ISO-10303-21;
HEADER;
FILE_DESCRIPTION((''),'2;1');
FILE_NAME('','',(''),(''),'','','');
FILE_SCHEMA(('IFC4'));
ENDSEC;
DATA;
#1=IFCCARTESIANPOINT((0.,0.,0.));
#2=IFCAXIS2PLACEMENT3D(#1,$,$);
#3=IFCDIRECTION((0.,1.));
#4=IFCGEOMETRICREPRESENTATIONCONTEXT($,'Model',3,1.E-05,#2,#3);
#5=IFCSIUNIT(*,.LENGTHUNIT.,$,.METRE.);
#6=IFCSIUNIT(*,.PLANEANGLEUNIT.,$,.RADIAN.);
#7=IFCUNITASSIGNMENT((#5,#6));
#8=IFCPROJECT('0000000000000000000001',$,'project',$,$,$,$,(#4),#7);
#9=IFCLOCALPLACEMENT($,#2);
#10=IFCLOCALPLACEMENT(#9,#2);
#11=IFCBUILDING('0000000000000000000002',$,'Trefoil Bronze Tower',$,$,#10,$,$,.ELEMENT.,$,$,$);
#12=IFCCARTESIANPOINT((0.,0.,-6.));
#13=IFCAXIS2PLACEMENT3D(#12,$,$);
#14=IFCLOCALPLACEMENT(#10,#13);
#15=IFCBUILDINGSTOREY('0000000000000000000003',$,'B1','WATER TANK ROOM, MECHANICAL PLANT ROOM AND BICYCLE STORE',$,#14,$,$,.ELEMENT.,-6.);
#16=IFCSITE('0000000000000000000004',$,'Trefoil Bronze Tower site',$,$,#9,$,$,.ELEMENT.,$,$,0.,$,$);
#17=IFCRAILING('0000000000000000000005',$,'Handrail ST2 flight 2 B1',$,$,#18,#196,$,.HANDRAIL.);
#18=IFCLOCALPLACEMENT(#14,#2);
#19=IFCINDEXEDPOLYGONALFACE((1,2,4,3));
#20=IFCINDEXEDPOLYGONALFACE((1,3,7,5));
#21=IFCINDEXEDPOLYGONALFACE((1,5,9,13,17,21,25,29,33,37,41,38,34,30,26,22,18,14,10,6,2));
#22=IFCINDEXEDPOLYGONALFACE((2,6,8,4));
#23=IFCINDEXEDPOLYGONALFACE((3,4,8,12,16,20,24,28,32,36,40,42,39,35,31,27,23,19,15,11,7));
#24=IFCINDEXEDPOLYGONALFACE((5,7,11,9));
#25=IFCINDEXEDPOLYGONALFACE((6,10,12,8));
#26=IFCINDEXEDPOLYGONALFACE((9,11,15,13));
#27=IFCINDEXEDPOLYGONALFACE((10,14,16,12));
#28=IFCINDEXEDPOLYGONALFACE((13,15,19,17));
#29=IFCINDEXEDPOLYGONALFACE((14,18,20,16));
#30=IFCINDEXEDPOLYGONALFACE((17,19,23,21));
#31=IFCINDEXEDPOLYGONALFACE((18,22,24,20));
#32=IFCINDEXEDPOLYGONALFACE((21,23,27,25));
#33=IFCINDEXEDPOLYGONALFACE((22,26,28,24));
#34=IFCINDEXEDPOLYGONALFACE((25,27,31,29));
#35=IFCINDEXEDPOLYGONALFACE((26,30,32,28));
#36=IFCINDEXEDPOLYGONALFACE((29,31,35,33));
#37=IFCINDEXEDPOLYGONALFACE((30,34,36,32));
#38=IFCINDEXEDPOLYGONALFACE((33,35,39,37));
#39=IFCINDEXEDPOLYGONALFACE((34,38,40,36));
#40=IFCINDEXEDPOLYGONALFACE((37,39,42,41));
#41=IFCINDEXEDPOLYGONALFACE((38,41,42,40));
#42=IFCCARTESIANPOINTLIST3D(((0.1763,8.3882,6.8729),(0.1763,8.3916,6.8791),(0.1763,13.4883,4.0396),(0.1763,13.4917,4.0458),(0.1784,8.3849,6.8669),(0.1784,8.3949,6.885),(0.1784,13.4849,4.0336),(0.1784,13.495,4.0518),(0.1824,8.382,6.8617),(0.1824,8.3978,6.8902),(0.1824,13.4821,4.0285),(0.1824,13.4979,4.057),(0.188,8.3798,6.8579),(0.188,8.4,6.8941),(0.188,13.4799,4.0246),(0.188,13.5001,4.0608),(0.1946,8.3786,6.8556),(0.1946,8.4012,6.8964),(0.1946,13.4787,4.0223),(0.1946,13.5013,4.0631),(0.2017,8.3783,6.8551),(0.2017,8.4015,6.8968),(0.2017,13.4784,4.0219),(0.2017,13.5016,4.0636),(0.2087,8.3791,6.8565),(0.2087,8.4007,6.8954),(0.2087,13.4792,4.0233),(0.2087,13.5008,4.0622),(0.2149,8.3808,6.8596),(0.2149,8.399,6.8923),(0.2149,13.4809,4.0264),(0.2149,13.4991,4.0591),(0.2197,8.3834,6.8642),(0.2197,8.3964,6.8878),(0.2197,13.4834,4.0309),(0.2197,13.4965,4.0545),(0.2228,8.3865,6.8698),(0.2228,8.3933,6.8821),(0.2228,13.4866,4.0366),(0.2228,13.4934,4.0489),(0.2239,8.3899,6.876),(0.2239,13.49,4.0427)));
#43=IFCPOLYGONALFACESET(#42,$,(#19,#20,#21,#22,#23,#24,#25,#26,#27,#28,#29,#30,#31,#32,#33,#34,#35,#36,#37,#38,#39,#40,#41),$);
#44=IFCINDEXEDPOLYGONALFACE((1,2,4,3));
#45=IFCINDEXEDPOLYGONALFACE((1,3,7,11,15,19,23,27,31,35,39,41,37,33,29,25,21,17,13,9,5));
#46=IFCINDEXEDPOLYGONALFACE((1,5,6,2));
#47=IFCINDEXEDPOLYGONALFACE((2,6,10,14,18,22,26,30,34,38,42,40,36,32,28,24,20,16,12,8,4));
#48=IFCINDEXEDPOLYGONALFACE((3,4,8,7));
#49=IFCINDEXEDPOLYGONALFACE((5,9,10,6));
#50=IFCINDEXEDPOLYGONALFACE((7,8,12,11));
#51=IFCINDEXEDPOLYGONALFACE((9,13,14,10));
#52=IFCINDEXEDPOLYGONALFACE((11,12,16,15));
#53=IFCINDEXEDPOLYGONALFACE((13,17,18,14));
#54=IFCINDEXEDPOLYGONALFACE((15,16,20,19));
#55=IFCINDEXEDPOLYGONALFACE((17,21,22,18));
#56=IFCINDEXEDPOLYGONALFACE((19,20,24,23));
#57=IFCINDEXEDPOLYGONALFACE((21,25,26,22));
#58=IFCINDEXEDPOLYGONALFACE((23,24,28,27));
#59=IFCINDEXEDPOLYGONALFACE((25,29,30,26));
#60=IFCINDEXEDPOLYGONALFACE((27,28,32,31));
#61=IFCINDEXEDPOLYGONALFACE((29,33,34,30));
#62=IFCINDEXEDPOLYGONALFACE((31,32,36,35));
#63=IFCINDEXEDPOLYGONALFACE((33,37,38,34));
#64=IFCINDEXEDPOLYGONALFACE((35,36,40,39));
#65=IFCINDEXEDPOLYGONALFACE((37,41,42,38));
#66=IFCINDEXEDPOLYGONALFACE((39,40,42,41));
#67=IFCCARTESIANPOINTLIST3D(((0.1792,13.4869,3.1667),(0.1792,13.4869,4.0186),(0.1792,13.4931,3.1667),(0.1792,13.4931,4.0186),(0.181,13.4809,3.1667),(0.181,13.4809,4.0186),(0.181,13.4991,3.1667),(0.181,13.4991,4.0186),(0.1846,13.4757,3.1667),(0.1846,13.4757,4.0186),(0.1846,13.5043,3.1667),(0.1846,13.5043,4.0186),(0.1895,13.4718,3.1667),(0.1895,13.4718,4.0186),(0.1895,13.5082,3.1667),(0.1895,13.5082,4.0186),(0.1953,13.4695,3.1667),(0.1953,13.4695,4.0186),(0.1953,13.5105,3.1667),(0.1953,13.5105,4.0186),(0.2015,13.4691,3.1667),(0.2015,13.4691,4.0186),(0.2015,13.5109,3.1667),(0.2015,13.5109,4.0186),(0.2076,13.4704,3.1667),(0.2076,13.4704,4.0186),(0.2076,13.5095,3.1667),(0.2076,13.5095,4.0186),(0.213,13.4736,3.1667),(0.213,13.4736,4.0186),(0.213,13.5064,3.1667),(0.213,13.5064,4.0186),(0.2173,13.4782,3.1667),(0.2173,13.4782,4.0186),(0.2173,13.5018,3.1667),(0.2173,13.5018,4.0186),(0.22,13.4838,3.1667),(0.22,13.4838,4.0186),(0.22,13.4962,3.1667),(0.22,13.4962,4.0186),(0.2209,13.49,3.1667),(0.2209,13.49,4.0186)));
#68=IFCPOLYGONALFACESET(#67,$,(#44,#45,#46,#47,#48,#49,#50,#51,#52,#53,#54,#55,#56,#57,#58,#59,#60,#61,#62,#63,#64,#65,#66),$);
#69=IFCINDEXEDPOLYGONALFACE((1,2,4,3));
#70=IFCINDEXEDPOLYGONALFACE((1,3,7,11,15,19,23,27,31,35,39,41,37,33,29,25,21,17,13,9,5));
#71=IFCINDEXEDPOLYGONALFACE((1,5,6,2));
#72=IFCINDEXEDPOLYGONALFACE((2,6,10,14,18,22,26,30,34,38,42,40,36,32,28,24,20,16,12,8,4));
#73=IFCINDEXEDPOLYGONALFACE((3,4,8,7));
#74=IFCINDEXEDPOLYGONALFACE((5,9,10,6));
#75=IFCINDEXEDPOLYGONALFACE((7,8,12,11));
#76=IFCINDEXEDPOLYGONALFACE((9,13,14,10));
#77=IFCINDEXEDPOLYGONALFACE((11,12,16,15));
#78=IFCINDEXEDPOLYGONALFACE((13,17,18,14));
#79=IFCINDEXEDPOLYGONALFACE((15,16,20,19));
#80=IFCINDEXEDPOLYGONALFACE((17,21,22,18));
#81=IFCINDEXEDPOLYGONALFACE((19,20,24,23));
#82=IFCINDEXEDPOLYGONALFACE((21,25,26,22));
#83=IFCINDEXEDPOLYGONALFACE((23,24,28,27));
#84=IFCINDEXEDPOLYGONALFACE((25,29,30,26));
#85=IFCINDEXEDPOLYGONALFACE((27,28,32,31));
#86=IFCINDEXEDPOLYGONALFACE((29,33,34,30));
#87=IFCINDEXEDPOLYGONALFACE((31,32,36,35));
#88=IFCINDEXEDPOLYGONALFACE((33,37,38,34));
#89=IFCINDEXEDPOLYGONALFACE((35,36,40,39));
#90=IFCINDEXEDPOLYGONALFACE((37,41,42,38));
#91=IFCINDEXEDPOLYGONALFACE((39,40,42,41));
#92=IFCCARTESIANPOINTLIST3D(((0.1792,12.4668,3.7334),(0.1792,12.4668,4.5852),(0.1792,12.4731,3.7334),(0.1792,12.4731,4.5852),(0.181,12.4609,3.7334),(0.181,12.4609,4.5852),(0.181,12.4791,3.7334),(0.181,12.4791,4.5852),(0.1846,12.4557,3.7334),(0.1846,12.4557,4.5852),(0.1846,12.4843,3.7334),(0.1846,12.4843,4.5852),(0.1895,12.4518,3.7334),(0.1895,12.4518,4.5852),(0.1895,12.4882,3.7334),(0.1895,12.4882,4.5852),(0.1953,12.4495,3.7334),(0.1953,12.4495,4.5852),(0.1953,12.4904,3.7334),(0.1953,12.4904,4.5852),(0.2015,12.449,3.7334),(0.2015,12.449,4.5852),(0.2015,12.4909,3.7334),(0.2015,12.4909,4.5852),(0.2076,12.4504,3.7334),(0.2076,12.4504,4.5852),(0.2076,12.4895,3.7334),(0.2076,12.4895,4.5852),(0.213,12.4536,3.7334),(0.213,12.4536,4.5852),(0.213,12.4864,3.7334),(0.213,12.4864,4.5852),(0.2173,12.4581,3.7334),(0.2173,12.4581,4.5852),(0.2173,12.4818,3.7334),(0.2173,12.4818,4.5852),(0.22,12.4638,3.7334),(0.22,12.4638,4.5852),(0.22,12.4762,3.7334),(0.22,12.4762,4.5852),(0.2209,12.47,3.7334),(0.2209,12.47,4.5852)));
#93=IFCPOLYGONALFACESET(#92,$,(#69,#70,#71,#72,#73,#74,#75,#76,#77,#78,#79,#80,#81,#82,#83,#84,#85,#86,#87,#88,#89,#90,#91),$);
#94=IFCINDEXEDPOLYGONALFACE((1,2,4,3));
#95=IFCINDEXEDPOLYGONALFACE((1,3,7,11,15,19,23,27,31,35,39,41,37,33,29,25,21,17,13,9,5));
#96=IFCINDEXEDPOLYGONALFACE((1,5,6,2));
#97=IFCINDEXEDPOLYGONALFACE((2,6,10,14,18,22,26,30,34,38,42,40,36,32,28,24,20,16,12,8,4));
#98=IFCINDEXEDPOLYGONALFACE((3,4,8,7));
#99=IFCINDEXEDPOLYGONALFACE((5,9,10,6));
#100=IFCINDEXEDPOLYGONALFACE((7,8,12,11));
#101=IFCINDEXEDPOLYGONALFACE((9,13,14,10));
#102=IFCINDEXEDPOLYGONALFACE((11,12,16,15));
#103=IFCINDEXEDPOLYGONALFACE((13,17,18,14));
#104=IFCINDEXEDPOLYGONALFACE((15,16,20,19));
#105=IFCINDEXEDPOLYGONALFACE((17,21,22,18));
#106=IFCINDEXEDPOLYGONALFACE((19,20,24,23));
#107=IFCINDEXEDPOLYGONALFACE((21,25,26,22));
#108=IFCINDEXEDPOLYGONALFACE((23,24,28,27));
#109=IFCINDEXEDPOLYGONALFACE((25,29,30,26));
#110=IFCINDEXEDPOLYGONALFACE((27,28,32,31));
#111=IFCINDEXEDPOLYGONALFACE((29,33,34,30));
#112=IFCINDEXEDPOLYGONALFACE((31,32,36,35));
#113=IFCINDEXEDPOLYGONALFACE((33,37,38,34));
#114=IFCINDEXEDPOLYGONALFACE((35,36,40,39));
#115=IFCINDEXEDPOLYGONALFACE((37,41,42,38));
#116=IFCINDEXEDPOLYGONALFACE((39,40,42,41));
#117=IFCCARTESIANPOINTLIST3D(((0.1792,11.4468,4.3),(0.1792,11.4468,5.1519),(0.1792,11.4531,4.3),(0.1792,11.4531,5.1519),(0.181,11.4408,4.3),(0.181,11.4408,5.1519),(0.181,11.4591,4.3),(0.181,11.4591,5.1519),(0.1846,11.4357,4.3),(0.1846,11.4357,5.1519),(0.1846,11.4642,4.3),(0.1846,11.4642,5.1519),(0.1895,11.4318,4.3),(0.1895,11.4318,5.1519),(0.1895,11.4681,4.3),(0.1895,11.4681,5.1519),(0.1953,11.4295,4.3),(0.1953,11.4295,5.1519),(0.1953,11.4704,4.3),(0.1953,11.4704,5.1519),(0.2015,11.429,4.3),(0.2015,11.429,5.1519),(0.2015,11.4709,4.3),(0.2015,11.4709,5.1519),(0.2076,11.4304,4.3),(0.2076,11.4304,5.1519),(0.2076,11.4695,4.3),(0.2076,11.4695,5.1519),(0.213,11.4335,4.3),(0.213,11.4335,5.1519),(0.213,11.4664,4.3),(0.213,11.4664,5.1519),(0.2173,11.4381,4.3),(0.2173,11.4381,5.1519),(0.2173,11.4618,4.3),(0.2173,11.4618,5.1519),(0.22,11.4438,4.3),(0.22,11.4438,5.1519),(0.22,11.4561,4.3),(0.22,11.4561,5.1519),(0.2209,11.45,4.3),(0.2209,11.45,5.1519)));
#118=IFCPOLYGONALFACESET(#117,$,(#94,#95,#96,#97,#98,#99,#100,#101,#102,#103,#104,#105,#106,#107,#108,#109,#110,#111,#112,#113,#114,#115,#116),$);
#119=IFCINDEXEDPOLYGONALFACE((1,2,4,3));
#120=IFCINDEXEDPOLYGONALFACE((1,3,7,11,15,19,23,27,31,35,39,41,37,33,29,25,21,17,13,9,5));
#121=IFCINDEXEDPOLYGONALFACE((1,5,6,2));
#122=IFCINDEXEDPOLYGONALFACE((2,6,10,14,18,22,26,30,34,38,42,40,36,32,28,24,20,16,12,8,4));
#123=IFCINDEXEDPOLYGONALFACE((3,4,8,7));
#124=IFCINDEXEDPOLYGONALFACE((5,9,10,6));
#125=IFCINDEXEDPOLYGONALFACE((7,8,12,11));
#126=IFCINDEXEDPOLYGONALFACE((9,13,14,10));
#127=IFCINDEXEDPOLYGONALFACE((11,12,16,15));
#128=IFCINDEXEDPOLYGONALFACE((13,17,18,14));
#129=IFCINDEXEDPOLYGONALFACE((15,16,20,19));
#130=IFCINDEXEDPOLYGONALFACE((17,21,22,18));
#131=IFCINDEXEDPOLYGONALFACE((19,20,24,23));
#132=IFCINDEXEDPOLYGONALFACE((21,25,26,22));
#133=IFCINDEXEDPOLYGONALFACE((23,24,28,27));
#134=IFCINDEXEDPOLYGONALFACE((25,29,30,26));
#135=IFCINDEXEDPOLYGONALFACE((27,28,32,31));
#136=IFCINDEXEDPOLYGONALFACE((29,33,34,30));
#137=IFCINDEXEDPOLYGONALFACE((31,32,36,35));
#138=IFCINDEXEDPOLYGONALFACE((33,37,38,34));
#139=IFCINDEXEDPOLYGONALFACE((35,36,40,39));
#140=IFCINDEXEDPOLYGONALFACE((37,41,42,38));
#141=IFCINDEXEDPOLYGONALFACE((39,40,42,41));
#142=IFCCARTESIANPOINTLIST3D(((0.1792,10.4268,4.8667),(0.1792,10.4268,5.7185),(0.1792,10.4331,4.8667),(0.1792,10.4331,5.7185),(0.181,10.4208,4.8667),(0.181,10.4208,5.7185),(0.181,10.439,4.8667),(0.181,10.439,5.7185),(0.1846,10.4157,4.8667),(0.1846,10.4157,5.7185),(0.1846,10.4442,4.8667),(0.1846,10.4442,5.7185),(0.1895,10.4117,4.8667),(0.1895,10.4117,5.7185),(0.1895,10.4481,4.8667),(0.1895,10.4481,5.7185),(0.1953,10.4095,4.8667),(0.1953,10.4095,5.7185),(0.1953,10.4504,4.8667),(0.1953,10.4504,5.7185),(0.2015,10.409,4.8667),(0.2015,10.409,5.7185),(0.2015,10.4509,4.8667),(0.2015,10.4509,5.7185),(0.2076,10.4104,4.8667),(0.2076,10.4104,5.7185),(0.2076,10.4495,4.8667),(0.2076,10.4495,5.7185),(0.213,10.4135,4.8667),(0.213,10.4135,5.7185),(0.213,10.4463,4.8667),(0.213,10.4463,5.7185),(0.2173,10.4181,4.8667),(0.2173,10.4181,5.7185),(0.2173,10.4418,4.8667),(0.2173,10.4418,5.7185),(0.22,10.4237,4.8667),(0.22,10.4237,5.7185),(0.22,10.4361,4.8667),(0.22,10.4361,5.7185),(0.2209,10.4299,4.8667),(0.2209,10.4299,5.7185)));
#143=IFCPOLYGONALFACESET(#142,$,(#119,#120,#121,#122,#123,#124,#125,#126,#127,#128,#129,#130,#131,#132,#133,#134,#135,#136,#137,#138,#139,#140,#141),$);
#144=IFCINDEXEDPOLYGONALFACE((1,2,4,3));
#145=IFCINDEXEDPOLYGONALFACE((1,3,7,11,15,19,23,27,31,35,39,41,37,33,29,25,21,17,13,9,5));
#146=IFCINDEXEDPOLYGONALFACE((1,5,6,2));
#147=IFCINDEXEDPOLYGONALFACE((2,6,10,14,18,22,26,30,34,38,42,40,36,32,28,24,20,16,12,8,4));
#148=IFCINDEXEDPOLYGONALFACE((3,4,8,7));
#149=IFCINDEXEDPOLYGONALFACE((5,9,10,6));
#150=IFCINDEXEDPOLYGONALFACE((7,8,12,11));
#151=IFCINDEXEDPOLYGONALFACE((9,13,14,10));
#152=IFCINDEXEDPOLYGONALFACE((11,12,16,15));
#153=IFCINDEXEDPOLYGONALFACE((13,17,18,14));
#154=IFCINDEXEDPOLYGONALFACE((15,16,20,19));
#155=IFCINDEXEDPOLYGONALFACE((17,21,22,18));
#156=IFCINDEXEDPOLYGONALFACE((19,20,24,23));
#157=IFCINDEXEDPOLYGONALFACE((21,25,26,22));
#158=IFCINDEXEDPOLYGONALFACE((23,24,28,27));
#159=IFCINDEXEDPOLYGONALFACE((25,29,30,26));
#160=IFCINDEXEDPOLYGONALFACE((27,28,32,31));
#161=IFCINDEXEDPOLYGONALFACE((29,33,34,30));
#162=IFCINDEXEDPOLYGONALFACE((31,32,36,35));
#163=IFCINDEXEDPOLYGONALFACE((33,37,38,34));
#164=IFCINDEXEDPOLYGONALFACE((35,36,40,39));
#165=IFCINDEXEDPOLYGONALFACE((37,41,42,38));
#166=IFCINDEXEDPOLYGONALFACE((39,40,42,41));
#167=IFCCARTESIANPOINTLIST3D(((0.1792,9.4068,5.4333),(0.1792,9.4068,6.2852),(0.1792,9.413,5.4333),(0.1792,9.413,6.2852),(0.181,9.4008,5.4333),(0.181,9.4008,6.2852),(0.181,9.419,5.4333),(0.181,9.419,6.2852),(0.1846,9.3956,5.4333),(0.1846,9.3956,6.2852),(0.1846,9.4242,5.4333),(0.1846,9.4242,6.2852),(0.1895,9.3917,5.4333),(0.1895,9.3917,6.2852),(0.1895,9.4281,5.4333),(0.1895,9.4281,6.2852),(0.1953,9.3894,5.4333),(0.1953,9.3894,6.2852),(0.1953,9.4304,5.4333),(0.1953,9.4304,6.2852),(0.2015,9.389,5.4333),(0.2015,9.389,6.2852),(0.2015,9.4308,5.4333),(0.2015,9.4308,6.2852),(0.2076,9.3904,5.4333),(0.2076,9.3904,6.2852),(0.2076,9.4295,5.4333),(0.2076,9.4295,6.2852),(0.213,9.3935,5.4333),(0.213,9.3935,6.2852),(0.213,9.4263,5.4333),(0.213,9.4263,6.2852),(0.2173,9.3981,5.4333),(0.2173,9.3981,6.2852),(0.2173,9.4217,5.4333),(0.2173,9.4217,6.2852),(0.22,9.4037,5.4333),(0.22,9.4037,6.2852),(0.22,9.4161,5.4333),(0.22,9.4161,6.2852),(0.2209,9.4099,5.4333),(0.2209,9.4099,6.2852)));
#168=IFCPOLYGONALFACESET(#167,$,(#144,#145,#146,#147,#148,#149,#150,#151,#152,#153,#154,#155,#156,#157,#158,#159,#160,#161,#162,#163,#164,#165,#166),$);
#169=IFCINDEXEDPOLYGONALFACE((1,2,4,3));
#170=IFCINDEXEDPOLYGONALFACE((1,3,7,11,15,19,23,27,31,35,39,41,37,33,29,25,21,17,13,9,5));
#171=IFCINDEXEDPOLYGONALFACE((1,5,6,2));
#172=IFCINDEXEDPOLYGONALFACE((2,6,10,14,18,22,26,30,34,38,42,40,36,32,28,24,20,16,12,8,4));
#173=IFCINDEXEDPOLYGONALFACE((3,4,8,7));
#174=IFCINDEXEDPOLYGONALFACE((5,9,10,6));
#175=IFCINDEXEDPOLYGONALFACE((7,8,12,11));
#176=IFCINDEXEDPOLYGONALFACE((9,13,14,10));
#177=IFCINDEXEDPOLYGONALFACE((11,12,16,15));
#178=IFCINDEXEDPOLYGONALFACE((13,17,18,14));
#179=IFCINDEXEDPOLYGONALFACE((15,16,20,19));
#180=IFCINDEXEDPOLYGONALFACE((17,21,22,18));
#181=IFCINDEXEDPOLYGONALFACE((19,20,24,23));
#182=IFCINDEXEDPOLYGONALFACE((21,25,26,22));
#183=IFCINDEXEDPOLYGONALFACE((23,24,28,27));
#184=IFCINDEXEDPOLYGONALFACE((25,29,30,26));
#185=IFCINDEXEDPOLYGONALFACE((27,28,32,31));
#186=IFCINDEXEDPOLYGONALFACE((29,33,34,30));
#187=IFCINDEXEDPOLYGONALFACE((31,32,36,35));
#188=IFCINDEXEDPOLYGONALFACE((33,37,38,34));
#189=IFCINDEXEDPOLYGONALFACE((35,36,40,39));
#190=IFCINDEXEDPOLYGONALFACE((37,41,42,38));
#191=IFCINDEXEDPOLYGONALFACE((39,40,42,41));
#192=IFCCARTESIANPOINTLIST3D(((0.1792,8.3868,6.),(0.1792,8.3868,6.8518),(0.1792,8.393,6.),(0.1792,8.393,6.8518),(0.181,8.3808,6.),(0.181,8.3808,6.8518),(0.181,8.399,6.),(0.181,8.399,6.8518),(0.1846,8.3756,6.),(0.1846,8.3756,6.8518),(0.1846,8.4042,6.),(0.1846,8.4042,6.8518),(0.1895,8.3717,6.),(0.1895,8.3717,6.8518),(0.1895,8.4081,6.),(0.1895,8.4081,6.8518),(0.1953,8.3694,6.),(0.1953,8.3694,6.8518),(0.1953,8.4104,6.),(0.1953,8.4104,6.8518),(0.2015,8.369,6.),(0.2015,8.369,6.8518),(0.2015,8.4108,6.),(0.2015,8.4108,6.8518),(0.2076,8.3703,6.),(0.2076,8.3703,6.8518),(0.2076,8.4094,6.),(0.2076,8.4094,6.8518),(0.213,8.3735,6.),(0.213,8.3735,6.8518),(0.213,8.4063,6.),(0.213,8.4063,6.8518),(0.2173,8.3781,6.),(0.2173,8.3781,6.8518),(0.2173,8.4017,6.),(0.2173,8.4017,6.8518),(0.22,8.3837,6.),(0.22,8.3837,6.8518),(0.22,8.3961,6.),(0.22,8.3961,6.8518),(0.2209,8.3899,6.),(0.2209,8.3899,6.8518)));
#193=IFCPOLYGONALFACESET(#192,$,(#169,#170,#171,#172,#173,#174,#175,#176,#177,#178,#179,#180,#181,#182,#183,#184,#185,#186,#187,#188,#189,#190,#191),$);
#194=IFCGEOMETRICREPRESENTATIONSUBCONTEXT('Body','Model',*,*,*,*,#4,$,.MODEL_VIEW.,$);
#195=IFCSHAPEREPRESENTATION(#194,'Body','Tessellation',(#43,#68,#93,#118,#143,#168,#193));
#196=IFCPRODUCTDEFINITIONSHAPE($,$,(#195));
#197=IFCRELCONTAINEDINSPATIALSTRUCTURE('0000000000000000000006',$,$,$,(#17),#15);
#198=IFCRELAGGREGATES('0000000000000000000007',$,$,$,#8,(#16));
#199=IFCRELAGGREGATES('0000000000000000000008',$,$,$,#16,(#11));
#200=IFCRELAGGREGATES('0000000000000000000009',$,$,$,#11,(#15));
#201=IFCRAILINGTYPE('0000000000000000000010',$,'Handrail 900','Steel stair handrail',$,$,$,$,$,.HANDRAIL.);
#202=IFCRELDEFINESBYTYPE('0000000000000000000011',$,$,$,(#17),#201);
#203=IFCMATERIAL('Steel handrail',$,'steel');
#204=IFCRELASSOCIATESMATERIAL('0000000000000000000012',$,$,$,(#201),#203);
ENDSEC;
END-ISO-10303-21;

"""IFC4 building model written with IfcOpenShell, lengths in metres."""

from ifc_helpers import new_model, si_unit, direction, frame, origin, origin_2d, place, context, subcontext, project, spatial, circle, extrude, material, type_object, element, save


model = new_model("IFC4")

# Units and contexts
model_context = context("Model", 3, precision=1e-05, world=origin(), true_north=direction((0.0, 1.0)))
body_context = subcontext(model_context, "Body", "Model", "MODEL_VIEW")
ifc_project = project(units=[si_unit("LENGTHUNIT", "METRE"), si_unit("PLANEANGLEUNIT", "RADIAN")], contexts=[model_context])

# Site, building, storey
site_placement = place(None, origin())
site = spatial("IfcSite", under=ifc_project, at=site_placement, Name="Trefoil Bronze Tower site", CompositionType="ELEMENT", RefElevation=0.0)
building_placement = place(site_placement, origin())
building = spatial("IfcBuilding", under=site, at=building_placement, Name="Trefoil Bronze Tower", CompositionType="ELEMENT")
storey_placement = place(building_placement, frame((0.0, 0.0, -6.0)))
storey = spatial("IfcBuildingStorey", under=building, at=storey_placement, Name="B1", Description="WATER TANK ROOM, MECHANICAL PLANT ROOM AND BICYCLE STORE", CompositionType="ELEMENT", Elevation=-6.0)

# Railing
ifc_material_1 = material(Name="Steel handrail", Category="steel")
railing_type = type_object("IfcRailingType", Name="Handrail 900", Description="Steel stair handrail", PredefinedType="HANDRAIL", material=ifc_material_1)
railing_placement = place(storey_placement, frame((0.2, 13.49, 3.1667)))
element("IfcRailing", 1, at=railing_placement, inside=storey, type_object=railing_type, Name="Handrail ST2 flight 2 B1", PredefinedType="HANDRAIL", context=body_context, shape_type="SweptSolid", body=[
    extrude(circle(Radius=0.0239, at=origin_2d()), frame((0.0, 0.0, 0.876), z_axis=(0.0, -0.874167, 0.485625), x_axis=(1.0, 0.0, 0.0)), (0.0, 0.0, 1.0), 5.8342),
    extrude(circle(Radius=0.021, at=origin_2d()), origin(), (0.0, 0.0, 1.0), 0.8518),
    extrude(circle(Radius=0.021, at=origin_2d()), frame((0.0, -1.02, 0.5667)), (0.0, 0.0, 1.0), 0.8518),
    extrude(circle(Radius=0.021, at=origin_2d()), frame((0.0, -2.04, 1.1333)), (0.0, 0.0, 1.0), 0.8518),
    extrude(circle(Radius=0.021, at=origin_2d()), frame((0.0, -3.0601, 1.7)), (0.0, 0.0, 1.0), 0.8518),
    extrude(circle(Radius=0.021, at=origin_2d()), frame((0.0, -4.0801, 2.2666)), (0.0, 0.0, 1.0), 0.8518),
    extrude(circle(Radius=0.021, at=origin_2d()), frame((0.0, -5.1001, 2.8333)), (0.0, 0.0, 1.0), 0.8518),
])

save(model, "model.ifc")
